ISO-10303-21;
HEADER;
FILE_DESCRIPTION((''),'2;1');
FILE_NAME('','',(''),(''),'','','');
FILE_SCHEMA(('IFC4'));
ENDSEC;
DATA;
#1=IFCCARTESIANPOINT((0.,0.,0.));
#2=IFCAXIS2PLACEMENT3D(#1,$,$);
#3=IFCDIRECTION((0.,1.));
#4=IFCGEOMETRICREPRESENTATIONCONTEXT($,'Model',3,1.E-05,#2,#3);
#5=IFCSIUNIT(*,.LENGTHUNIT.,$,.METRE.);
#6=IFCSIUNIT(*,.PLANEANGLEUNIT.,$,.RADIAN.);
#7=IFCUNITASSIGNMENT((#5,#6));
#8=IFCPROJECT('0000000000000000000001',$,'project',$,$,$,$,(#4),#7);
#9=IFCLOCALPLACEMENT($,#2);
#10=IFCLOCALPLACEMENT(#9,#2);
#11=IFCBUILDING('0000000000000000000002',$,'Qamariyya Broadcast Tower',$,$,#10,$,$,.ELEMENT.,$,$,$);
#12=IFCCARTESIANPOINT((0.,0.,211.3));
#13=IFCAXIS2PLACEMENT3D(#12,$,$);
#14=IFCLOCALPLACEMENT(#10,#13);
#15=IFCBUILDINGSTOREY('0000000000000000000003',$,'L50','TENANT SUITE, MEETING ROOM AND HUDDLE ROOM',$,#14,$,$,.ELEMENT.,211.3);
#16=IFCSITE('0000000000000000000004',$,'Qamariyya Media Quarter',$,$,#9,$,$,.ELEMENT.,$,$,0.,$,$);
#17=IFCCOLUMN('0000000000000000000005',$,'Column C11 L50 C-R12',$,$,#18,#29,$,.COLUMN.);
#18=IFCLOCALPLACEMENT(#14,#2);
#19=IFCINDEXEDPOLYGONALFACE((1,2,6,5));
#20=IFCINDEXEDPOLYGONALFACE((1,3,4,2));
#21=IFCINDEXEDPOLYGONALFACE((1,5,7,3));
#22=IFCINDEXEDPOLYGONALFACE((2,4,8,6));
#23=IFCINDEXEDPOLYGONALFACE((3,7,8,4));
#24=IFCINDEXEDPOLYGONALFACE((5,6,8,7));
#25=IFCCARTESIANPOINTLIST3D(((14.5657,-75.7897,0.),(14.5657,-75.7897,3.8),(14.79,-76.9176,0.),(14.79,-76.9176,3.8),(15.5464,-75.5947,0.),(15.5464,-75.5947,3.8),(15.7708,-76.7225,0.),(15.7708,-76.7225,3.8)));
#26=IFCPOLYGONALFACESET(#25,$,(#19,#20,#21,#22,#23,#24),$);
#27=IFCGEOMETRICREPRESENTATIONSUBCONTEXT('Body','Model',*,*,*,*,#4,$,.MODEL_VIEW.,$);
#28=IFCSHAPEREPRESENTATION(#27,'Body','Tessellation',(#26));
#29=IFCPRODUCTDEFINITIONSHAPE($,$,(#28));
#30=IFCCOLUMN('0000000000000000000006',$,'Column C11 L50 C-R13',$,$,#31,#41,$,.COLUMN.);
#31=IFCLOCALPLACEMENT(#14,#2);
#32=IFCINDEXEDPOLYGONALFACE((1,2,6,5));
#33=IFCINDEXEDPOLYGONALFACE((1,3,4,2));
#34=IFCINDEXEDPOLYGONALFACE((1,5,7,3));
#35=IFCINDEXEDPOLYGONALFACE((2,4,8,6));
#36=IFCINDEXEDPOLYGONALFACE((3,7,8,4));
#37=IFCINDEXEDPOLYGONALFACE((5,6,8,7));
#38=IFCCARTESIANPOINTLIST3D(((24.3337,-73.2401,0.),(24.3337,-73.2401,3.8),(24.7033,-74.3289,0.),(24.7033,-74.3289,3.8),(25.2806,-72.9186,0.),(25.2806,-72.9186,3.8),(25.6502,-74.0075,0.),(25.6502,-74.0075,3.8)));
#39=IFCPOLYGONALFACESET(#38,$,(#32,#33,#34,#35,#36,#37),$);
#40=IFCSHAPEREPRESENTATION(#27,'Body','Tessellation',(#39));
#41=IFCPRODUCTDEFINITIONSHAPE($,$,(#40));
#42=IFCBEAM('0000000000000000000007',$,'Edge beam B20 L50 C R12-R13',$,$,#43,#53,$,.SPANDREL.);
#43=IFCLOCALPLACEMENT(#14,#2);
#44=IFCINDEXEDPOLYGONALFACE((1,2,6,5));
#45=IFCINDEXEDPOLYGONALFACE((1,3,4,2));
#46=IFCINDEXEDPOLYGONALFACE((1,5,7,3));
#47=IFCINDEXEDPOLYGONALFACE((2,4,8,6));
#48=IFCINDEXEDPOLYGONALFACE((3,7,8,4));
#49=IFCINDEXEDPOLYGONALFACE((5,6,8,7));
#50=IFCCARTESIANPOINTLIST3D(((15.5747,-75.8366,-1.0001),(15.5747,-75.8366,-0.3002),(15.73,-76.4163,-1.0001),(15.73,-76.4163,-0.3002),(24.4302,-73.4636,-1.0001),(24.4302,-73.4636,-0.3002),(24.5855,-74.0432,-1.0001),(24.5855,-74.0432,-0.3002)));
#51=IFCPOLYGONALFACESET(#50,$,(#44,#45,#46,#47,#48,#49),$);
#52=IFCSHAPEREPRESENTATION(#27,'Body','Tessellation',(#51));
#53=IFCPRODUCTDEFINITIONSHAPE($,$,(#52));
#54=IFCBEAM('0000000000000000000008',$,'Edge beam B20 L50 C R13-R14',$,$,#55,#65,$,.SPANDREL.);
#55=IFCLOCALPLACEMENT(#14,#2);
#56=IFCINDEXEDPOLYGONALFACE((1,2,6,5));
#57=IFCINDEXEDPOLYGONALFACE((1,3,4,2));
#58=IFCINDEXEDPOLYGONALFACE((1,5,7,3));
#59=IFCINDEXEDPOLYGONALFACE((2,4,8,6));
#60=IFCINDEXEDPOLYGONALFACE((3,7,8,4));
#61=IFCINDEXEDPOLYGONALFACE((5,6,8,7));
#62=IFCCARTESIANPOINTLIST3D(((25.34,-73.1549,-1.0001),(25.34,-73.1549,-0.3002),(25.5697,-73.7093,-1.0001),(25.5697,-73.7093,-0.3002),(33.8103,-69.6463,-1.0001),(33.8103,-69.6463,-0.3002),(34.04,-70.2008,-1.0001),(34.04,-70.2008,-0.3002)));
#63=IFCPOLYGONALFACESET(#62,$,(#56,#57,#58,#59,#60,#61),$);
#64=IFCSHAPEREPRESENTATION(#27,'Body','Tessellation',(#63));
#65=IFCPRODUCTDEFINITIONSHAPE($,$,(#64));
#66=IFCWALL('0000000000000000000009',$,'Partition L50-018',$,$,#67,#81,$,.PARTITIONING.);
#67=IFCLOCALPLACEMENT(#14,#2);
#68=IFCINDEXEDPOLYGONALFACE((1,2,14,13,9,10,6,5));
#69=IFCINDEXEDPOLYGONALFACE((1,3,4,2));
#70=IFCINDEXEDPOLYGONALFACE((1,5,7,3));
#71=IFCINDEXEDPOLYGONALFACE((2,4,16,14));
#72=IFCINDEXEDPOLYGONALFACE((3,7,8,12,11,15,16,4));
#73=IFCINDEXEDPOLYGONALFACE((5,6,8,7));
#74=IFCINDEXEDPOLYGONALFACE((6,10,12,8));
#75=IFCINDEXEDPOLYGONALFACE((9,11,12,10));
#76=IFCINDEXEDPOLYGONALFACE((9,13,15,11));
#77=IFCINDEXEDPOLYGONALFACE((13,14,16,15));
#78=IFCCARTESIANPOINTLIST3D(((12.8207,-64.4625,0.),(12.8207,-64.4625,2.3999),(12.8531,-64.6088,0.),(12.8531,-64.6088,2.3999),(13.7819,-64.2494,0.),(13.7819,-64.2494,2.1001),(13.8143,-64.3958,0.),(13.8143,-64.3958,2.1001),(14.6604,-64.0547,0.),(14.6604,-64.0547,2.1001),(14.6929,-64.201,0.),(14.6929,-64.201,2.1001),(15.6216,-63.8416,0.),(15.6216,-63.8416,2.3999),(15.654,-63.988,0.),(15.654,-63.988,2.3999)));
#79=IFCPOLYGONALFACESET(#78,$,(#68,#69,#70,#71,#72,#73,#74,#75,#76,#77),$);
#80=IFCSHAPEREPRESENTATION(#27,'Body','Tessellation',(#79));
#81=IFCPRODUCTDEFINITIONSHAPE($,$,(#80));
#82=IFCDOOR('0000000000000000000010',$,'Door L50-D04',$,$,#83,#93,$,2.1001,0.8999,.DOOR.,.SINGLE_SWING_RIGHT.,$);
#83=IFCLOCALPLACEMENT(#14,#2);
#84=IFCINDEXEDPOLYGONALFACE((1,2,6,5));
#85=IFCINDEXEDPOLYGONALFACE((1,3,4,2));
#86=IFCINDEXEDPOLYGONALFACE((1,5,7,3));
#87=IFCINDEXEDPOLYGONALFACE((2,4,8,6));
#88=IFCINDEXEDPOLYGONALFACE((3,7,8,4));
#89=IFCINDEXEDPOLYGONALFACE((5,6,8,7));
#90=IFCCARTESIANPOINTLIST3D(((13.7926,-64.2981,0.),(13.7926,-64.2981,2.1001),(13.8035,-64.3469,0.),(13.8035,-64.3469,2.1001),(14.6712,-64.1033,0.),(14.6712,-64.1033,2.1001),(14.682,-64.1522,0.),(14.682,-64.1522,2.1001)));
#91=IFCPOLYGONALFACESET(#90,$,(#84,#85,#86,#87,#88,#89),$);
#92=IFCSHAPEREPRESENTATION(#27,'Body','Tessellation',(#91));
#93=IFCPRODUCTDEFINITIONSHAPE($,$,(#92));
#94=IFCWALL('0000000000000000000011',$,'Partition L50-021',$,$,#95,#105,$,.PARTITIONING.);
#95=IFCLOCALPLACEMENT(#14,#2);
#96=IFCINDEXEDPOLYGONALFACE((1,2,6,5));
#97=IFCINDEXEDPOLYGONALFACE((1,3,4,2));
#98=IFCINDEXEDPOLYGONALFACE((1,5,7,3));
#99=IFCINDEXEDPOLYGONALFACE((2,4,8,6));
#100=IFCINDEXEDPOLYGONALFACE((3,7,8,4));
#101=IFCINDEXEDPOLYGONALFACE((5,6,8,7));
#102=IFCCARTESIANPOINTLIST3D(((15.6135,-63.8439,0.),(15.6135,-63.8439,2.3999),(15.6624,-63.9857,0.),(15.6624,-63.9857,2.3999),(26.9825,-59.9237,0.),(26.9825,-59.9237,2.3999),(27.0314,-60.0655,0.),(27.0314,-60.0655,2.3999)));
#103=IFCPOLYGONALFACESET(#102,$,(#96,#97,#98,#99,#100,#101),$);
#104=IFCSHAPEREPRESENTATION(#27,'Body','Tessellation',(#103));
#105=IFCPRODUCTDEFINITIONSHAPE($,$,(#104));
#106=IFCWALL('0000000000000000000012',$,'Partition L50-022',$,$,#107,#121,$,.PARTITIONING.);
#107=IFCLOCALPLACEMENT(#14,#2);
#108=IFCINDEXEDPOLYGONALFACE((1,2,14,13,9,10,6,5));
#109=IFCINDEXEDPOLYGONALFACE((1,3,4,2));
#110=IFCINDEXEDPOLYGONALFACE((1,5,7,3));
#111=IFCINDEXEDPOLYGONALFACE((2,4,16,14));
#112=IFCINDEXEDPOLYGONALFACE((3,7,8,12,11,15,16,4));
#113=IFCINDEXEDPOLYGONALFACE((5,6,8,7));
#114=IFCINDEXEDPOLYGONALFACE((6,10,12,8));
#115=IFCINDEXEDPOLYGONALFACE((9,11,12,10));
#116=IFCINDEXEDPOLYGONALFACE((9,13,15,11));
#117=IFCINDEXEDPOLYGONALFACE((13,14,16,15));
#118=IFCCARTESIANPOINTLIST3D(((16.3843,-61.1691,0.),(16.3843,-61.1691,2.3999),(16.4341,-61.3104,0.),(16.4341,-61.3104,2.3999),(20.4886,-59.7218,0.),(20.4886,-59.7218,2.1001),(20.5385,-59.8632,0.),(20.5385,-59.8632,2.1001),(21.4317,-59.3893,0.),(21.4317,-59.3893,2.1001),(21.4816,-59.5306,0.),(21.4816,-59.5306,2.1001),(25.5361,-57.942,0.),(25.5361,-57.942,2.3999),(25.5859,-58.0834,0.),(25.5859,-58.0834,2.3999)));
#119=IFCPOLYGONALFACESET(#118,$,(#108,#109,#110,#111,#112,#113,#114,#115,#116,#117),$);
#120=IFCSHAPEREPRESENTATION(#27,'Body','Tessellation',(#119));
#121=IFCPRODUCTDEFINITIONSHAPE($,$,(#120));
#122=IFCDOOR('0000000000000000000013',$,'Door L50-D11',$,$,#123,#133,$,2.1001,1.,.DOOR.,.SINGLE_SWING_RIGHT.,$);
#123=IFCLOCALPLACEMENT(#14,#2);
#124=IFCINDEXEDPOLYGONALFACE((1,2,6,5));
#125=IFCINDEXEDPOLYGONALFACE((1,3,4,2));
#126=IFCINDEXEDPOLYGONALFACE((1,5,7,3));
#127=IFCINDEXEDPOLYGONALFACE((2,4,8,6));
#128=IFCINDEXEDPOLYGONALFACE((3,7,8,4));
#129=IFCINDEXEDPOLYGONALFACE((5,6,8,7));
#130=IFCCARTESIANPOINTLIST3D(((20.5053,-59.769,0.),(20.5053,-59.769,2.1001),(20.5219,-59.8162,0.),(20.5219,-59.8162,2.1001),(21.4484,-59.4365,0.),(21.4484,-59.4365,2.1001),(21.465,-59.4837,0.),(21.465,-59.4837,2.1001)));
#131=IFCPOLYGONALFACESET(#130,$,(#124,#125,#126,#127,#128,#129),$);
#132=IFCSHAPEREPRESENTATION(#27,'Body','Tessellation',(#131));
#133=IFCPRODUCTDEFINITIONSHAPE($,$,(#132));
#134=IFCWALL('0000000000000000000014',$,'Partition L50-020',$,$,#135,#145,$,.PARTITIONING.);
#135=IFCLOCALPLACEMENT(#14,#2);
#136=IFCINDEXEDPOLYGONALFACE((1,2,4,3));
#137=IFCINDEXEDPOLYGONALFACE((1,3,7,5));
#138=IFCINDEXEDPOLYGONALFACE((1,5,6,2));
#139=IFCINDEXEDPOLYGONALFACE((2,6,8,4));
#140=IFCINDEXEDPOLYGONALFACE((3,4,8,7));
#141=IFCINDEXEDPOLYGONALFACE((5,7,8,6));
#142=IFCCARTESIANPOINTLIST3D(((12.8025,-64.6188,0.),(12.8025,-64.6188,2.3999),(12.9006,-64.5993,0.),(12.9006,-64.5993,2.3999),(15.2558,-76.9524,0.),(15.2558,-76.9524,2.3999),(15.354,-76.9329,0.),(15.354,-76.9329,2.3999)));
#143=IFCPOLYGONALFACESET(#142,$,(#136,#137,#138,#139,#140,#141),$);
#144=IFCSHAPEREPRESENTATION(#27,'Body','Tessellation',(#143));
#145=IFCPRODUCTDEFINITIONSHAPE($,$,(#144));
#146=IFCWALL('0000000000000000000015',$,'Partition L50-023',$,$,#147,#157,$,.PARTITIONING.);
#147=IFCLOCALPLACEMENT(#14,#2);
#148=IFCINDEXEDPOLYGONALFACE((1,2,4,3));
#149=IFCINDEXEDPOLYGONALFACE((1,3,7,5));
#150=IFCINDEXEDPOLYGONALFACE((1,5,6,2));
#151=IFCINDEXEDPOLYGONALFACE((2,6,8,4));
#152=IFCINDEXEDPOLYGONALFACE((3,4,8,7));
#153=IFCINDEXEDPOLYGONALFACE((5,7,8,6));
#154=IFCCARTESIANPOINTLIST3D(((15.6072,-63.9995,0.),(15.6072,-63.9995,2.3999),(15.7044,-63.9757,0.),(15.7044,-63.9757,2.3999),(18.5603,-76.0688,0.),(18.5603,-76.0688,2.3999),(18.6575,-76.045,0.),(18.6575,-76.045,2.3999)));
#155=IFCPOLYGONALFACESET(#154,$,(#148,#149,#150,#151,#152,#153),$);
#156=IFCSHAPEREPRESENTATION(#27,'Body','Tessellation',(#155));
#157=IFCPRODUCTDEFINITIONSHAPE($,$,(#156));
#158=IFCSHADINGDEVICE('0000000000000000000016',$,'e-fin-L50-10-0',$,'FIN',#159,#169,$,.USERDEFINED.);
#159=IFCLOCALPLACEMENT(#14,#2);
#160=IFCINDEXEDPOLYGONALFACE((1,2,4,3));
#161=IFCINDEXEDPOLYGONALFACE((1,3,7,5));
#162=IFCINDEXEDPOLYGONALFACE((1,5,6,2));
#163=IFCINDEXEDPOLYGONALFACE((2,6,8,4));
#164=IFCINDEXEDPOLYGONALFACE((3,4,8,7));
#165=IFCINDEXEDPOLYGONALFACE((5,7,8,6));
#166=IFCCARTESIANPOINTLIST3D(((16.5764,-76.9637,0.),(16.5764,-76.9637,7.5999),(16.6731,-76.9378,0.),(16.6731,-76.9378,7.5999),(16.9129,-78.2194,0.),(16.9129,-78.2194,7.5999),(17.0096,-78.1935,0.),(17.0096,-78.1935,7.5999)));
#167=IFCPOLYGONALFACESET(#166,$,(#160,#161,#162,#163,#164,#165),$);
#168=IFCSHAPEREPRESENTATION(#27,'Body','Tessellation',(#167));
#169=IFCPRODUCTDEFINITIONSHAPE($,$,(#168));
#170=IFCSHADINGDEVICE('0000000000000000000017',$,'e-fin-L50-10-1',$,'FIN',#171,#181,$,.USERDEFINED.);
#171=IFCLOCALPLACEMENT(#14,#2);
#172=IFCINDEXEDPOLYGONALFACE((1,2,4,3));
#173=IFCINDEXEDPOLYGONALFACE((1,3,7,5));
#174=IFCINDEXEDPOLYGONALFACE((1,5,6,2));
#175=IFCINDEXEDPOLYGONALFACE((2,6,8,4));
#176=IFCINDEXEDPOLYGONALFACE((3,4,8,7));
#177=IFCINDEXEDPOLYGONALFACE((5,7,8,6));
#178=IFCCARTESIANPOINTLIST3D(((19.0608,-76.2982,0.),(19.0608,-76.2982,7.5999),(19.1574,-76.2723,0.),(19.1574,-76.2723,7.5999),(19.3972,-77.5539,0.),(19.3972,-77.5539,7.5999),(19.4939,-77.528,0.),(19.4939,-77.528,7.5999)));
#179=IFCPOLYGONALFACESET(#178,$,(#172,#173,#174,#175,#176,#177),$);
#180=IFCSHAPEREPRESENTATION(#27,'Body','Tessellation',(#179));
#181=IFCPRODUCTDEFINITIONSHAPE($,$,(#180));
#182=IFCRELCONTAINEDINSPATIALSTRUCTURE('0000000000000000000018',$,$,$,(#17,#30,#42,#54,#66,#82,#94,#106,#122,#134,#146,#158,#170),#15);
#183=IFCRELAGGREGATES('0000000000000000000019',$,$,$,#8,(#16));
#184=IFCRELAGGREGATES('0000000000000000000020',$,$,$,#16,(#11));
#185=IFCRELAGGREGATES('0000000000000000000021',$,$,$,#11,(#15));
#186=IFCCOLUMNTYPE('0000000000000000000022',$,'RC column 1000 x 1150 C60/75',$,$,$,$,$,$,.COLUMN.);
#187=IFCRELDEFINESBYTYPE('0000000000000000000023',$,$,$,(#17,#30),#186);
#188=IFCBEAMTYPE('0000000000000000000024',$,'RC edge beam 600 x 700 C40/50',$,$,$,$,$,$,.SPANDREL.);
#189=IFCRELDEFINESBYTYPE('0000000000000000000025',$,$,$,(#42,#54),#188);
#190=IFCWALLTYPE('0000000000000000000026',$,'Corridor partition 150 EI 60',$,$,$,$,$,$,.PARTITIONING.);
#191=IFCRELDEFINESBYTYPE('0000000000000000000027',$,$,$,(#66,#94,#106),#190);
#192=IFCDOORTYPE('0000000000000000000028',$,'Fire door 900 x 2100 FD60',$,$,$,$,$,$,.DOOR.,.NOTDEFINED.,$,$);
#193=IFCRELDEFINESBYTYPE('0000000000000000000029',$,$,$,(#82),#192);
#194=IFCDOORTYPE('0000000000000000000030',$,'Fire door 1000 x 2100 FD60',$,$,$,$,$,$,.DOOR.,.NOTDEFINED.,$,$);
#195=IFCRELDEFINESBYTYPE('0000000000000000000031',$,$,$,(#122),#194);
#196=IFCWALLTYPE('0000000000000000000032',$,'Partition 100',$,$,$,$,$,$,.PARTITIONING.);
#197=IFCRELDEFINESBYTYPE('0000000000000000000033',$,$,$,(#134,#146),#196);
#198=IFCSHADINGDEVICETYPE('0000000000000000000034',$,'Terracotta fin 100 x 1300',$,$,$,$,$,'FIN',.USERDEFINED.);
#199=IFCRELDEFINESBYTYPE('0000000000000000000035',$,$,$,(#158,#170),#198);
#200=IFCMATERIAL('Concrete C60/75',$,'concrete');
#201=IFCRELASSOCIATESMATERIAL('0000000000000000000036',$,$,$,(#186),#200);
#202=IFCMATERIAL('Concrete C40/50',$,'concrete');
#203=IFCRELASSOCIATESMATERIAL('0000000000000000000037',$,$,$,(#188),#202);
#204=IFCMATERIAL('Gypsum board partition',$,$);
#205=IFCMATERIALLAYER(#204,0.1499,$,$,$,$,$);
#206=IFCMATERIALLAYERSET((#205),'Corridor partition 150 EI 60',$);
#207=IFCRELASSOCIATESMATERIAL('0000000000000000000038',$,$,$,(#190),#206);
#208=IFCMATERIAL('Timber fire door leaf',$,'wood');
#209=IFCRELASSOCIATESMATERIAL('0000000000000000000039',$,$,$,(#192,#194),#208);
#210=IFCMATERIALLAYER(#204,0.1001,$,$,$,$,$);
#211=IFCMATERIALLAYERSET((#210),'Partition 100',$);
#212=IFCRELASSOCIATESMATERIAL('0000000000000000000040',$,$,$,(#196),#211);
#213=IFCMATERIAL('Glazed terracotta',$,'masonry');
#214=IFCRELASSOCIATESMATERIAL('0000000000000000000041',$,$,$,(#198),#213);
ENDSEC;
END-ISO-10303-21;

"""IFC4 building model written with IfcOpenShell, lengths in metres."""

from ifc_helpers import new_model, si_unit, direction, frame, frame_2d, origin, origin_2d, place, context, subcontext, project, spatial, rectangle, extrude, material, layer, layer_set, material_profile, profile_set, type_object, element, fill, save


model = new_model("IFC4")

# Units and contexts
model_context = context("Model", 3, precision=1e-05, world=origin(), true_north=direction((0.0, 1.0)))
body_context = subcontext(model_context, "Body", "Model", "MODEL_VIEW")
ifc_project = project(units=[si_unit("LENGTHUNIT", "METRE"), si_unit("PLANEANGLEUNIT", "RADIAN")], contexts=[model_context])

# Site, building, storey
site_placement = place(None, origin())
site = spatial("IfcSite", under=ifc_project, at=site_placement, Name="Qamariyya Media Quarter", CompositionType="ELEMENT", RefElevation=0.0)
building_placement = place(site_placement, origin())
building = spatial("IfcBuilding", under=site, at=building_placement, Name="Qamariyya Broadcast Tower", CompositionType="ELEMENT")
storey_placement = place(building_placement, frame((0.0, 0.0, 211.3)))
storey = spatial("IfcBuildingStorey", under=building, at=storey_placement, Name="L50", Description="TENANT SUITE, MEETING ROOM AND HUDDLE ROOM", CompositionType="ELEMENT", Elevation=211.3)

# Columns
ifc_material_1 = material(Name="Concrete C60/75", Category="concrete")
ifc_material_profile_1 = material_profile(ifc_material_1, rectangle(XDim=1.0, YDim=1.1499, at=origin_2d()))
ifc_profile_set_1 = profile_set([ifc_material_profile_1], Name="Concrete C60/75")
column_type = type_object("IfcColumnType", Name="RC column 1000 x 1150 C60/75", PredefinedType="COLUMN", material=ifc_profile_set_1)
for number, where, z_axis, x_axis, name in (
    (1, (15.1682, -76.2561, 0.0), (0.0, 0.0, 1.0), (0.980785, 0.19509, 0.0), "Column C11 L50 C-R12"),
    (2, (24.9919, -73.6238, 0.0), (0.0, 0.0, 1.0), (0.94693, 0.321439, 0.0), "Column C11 L50 C-R13"),
):
    element("IfcColumn", number, at=place(storey_placement, frame(where, z_axis=z_axis, x_axis=x_axis)), inside=storey, type_object=column_type, Name=name, PredefinedType="COLUMN", context=body_context, shape_type="SweptSolid", body=[
        extrude(rectangle(XDim=1.0, YDim=1.1499, at=origin_2d()), origin(), (0.0, 0.0, 1.0), 3.8),
    ])

# Beams
ifc_material_2 = material(Name="Concrete C40/50", Category="concrete")
ifc_material_profile_2 = material_profile(ifc_material_2, rectangle(XDim=0.6001, YDim=0.7, at=origin_2d()))
ifc_profile_set_2 = profile_set([ifc_material_profile_2], Name="Concrete C40/50")
beam_type = type_object("IfcBeamType", Name="RC edge beam 600 x 700 C40/50", PredefinedType="SPANDREL", material=ifc_profile_set_2)
beam_1_placement = place(storey_placement, frame((15.6523, -76.1265, -0.6501), z_axis=(0.96592, 0.258843, 0.0), x_axis=(-0.258843, 0.96592, 0.0)))
element("IfcBeam", 3, at=beam_1_placement, inside=storey, type_object=beam_type, Name="Edge beam B20 L50 C R12-R13", PredefinedType="SPANDREL", context=body_context, shape_type="SweptSolid", body=[
    extrude(rectangle(XDim=0.6001, YDim=0.7, at=origin_2d()), origin(), (0.0, 0.0, 1.0), 9.168),
])
beam_2_placement = place(storey_placement, frame((25.4548, -73.4321, -0.6501), z_axis=(0.923877, 0.38269, 0.0), x_axis=(-0.38269, 0.923877, 0.0)))
element("IfcBeam", 4, at=beam_2_placement, inside=storey, type_object=beam_type, Name="Edge beam B20 L50 C R13-R14", PredefinedType="SPANDREL", context=body_context, shape_type="SweptSolid", body=[
    extrude(rectangle(XDim=0.6001, YDim=0.7, at=origin_2d()), origin(), (0.0, 0.0, 1.0), 9.1682),
])

# Wall, opening, door
ifc_material_3 = material(Name="Gypsum board partition")
ifc_layer_1 = layer(ifc_material_3, 0.1499)
ifc_layer_set_1 = layer_set([ifc_layer_1], Name="Corridor partition 150 EI 60")
wall_type_1 = type_object("IfcWallType", Name="Corridor partition 150 EI 60", PredefinedType="PARTITIONING", material=ifc_layer_set_1)
wall_1_placement = place(storey_placement, frame((15.6379, -63.9148, 0.0), z_axis=(0.0, 0.0, 1.0), x_axis=(-0.976305, -0.216399, 0.0)))
wall_1 = element("IfcWall", 5, at=wall_1_placement, inside=storey, type_object=wall_type_1, Name="Partition L50-018", PredefinedType="PARTITIONING", context=body_context, shape_type="SweptSolid", body=[
    extrude(rectangle(XDim=2.8689, YDim=0.1499, at=frame_2d((1.4346, 0.0))), origin(), (0.0, 0.0, 1.0), 2.3999),
])
opening_1_placement = place(wall_1_placement, frame((0.9846, 0.0, 0.0)))
opening_1 = element("IfcOpeningElement", 6, at=opening_1_placement, cuts=wall_1, PredefinedType="OPENING", context=body_context, shape_type="SweptSolid", body=[
    extrude(rectangle(XDim=0.8999, YDim=2.1001, at=frame_2d((0.45, 1.05))), frame((0.0, 0.085, 0.0), z_axis=(0.0, -1.0, 0.0), x_axis=(1.0, 0.0, 0.0)), (0.0, 0.0, 1.0), 0.1699),
])
ifc_material_4 = material(Name="Timber fire door leaf", Category="wood")
door_type_1 = type_object("IfcDoorType", Name="Fire door 900 x 2100 FD60", OperationType="NOTDEFINED", PredefinedType="DOOR", material=ifc_material_4)
door_1_placement = place(opening_1_placement, origin())
door_1 = element("IfcDoor", 7, at=door_1_placement, inside=storey, type_object=door_type_1, Name="Door L50-D04", OperationType="SINGLE_SWING_RIGHT", OverallHeight=2.1001, OverallWidth=0.8999, PredefinedType="DOOR", context=body_context, shape_type="SweptSolid", body=[
    extrude(rectangle(XDim=0.8999, YDim=2.1001, at=frame_2d((0.45, 1.05))), frame((0.0, 0.0249, 0.0), z_axis=(0.0, -1.0, 0.0), x_axis=(1.0, 0.0, 0.0)), (0.0, 0.0, 1.0), 0.05),
])
fill(opening_1, door_1)

# Wall
wall_2_placement = place(storey_placement, frame((15.6379, -63.9148, 0.0), z_axis=(0.0, 0.0, 1.0), x_axis=(0.945377, 0.32598, 0.0)))
element("IfcWall", 8, at=wall_2_placement, inside=storey, type_object=wall_type_1, Name="Partition L50-021", PredefinedType="PARTITIONING", context=body_context, shape_type="SweptSolid", body=[
    extrude(rectangle(XDim=12.0259, YDim=0.1499, at=frame_2d((6.0129, 0.0))), origin(), (0.0, 0.0, 1.0), 2.3999),
])

# Wall, opening, door
wall_3_placement = place(storey_placement, frame((16.4092, -61.2397, 0.0), z_axis=(0.0, 0.0, 1.0), x_axis=(0.943088, 0.332544, 0.0)))
wall_3 = element("IfcWall", 9, at=wall_3_placement, inside=storey, type_object=wall_type_1, Name="Partition L50-022", PredefinedType="PARTITIONING", context=body_context, shape_type="SweptSolid", body=[
    extrude(rectangle(XDim=9.7041, YDim=0.1499, at=frame_2d((4.8521, 0.0))), origin(), (0.0, 0.0, 1.0), 2.3999),
])
opening_2_placement = place(wall_3_placement, frame((4.3521, 0.0, 0.0)))
opening_2 = element("IfcOpeningElement", 10, at=opening_2_placement, cuts=wall_3, PredefinedType="OPENING", context=body_context, shape_type="SweptSolid", body=[
    extrude(rectangle(XDim=1.0, YDim=2.1001, at=frame_2d((0.5, 1.05))), frame((0.0, 0.085, 0.0), z_axis=(0.0, -1.0, 0.0), x_axis=(1.0, 0.0, 0.0)), (0.0, 0.0, 1.0), 0.1699),
])
door_type_2 = type_object("IfcDoorType", Name="Fire door 1000 x 2100 FD60", OperationType="NOTDEFINED", PredefinedType="DOOR", material=ifc_material_4)
door_2_placement = place(opening_2_placement, origin())
door_2 = element("IfcDoor", 11, at=door_2_placement, inside=storey, type_object=door_type_2, Name="Door L50-D11", OperationType="SINGLE_SWING_RIGHT", OverallHeight=2.1001, OverallWidth=1.0, PredefinedType="DOOR", context=body_context, shape_type="SweptSolid", body=[
    extrude(rectangle(XDim=1.0, YDim=2.1001, at=frame_2d((0.5, 1.05))), frame((0.0, 0.0249, 0.0), z_axis=(0.0, -1.0, 0.0), x_axis=(1.0, 0.0, 0.0)), (0.0, 0.0, 1.0), 0.05),
])
fill(opening_2, door_2)

# Walls
ifc_layer_2 = layer(ifc_material_3, 0.1001)
ifc_layer_set_2 = layer_set([ifc_layer_2], Name="Partition 100")
wall_type_2 = type_object("IfcWallType", Name="Partition 100", PredefinedType="PARTITIONING", material=ifc_layer_set_2)
wall_4_placement = place(storey_placement, frame((15.3049, -76.9426, 0.0), z_axis=(0.0, 0.0, 1.0), x_axis=(-0.195097, 0.980784, 0.0)))
element("IfcWall", 12, at=wall_4_placement, inside=storey, type_object=wall_type_2, Name="Partition L50-020", PredefinedType="PARTITIONING", context=body_context, shape_type="SweptSolid", body=[
    extrude(rectangle(XDim=12.5752, YDim=0.1001, at=frame_2d((6.2876, 0.0))), origin(), (0.0, 0.0, 1.0), 2.3999),
])
wall_5_placement = place(storey_placement, frame((18.6089, -76.0569, 0.0), z_axis=(0.0, 0.0, 1.0), x_axis=(-0.237669, 0.971346, 0.0)))
element("IfcWall", 13, at=wall_5_placement, inside=storey, type_object=wall_type_2, Name="Partition L50-023", PredefinedType="PARTITIONING", context=body_context, shape_type="SweptSolid", body=[
    extrude(rectangle(XDim=12.4253, YDim=0.1001, at=frame_2d((6.2126, 0.0))), origin(), (0.0, 0.0, 1.0), 2.3999),
])

# Shading devices
ifc_material_5 = material(Name="Glazed terracotta", Category="masonry")
ifc_material_profile_3 = material_profile(ifc_material_5, rectangle(XDim=1.3, YDim=0.1001, at=origin_2d()))
ifc_profile_set_3 = profile_set([ifc_material_profile_3], Name="Glazed terracotta")
shading_device_type_1 = type_object("IfcShadingDeviceType", Name="Terracotta fin 100 x 1300", ElementType="FIN", PredefinedType="USERDEFINED", material=ifc_profile_set_3)
for number, where, z_axis, x_axis, name in (
    (14, (16.793, -77.5786, 0.0), (0.0, 0.0, 1.0), (0.258819, -0.965926, 0.0), "e-fin-L50-10-0"),
    (15, (19.2773, -76.9131, 0.0), (0.0, 0.0, 1.0), (0.258819, -0.965926, 0.0), "e-fin-L50-10-1"),
):
    element("IfcShadingDevice", number, at=place(storey_placement, frame(where, z_axis=z_axis, x_axis=x_axis)), inside=storey, type_object=shading_device_type_1, Name=name, ObjectType="FIN", PredefinedType="USERDEFINED", context=body_context, shape_type="SweptSolid", body=[
        extrude(rectangle(XDim=1.3, YDim=0.1001, at=origin_2d()), origin(), (0.0, 0.0, 1.0), 7.5999),
    ])

save(model, "model.ifc")
